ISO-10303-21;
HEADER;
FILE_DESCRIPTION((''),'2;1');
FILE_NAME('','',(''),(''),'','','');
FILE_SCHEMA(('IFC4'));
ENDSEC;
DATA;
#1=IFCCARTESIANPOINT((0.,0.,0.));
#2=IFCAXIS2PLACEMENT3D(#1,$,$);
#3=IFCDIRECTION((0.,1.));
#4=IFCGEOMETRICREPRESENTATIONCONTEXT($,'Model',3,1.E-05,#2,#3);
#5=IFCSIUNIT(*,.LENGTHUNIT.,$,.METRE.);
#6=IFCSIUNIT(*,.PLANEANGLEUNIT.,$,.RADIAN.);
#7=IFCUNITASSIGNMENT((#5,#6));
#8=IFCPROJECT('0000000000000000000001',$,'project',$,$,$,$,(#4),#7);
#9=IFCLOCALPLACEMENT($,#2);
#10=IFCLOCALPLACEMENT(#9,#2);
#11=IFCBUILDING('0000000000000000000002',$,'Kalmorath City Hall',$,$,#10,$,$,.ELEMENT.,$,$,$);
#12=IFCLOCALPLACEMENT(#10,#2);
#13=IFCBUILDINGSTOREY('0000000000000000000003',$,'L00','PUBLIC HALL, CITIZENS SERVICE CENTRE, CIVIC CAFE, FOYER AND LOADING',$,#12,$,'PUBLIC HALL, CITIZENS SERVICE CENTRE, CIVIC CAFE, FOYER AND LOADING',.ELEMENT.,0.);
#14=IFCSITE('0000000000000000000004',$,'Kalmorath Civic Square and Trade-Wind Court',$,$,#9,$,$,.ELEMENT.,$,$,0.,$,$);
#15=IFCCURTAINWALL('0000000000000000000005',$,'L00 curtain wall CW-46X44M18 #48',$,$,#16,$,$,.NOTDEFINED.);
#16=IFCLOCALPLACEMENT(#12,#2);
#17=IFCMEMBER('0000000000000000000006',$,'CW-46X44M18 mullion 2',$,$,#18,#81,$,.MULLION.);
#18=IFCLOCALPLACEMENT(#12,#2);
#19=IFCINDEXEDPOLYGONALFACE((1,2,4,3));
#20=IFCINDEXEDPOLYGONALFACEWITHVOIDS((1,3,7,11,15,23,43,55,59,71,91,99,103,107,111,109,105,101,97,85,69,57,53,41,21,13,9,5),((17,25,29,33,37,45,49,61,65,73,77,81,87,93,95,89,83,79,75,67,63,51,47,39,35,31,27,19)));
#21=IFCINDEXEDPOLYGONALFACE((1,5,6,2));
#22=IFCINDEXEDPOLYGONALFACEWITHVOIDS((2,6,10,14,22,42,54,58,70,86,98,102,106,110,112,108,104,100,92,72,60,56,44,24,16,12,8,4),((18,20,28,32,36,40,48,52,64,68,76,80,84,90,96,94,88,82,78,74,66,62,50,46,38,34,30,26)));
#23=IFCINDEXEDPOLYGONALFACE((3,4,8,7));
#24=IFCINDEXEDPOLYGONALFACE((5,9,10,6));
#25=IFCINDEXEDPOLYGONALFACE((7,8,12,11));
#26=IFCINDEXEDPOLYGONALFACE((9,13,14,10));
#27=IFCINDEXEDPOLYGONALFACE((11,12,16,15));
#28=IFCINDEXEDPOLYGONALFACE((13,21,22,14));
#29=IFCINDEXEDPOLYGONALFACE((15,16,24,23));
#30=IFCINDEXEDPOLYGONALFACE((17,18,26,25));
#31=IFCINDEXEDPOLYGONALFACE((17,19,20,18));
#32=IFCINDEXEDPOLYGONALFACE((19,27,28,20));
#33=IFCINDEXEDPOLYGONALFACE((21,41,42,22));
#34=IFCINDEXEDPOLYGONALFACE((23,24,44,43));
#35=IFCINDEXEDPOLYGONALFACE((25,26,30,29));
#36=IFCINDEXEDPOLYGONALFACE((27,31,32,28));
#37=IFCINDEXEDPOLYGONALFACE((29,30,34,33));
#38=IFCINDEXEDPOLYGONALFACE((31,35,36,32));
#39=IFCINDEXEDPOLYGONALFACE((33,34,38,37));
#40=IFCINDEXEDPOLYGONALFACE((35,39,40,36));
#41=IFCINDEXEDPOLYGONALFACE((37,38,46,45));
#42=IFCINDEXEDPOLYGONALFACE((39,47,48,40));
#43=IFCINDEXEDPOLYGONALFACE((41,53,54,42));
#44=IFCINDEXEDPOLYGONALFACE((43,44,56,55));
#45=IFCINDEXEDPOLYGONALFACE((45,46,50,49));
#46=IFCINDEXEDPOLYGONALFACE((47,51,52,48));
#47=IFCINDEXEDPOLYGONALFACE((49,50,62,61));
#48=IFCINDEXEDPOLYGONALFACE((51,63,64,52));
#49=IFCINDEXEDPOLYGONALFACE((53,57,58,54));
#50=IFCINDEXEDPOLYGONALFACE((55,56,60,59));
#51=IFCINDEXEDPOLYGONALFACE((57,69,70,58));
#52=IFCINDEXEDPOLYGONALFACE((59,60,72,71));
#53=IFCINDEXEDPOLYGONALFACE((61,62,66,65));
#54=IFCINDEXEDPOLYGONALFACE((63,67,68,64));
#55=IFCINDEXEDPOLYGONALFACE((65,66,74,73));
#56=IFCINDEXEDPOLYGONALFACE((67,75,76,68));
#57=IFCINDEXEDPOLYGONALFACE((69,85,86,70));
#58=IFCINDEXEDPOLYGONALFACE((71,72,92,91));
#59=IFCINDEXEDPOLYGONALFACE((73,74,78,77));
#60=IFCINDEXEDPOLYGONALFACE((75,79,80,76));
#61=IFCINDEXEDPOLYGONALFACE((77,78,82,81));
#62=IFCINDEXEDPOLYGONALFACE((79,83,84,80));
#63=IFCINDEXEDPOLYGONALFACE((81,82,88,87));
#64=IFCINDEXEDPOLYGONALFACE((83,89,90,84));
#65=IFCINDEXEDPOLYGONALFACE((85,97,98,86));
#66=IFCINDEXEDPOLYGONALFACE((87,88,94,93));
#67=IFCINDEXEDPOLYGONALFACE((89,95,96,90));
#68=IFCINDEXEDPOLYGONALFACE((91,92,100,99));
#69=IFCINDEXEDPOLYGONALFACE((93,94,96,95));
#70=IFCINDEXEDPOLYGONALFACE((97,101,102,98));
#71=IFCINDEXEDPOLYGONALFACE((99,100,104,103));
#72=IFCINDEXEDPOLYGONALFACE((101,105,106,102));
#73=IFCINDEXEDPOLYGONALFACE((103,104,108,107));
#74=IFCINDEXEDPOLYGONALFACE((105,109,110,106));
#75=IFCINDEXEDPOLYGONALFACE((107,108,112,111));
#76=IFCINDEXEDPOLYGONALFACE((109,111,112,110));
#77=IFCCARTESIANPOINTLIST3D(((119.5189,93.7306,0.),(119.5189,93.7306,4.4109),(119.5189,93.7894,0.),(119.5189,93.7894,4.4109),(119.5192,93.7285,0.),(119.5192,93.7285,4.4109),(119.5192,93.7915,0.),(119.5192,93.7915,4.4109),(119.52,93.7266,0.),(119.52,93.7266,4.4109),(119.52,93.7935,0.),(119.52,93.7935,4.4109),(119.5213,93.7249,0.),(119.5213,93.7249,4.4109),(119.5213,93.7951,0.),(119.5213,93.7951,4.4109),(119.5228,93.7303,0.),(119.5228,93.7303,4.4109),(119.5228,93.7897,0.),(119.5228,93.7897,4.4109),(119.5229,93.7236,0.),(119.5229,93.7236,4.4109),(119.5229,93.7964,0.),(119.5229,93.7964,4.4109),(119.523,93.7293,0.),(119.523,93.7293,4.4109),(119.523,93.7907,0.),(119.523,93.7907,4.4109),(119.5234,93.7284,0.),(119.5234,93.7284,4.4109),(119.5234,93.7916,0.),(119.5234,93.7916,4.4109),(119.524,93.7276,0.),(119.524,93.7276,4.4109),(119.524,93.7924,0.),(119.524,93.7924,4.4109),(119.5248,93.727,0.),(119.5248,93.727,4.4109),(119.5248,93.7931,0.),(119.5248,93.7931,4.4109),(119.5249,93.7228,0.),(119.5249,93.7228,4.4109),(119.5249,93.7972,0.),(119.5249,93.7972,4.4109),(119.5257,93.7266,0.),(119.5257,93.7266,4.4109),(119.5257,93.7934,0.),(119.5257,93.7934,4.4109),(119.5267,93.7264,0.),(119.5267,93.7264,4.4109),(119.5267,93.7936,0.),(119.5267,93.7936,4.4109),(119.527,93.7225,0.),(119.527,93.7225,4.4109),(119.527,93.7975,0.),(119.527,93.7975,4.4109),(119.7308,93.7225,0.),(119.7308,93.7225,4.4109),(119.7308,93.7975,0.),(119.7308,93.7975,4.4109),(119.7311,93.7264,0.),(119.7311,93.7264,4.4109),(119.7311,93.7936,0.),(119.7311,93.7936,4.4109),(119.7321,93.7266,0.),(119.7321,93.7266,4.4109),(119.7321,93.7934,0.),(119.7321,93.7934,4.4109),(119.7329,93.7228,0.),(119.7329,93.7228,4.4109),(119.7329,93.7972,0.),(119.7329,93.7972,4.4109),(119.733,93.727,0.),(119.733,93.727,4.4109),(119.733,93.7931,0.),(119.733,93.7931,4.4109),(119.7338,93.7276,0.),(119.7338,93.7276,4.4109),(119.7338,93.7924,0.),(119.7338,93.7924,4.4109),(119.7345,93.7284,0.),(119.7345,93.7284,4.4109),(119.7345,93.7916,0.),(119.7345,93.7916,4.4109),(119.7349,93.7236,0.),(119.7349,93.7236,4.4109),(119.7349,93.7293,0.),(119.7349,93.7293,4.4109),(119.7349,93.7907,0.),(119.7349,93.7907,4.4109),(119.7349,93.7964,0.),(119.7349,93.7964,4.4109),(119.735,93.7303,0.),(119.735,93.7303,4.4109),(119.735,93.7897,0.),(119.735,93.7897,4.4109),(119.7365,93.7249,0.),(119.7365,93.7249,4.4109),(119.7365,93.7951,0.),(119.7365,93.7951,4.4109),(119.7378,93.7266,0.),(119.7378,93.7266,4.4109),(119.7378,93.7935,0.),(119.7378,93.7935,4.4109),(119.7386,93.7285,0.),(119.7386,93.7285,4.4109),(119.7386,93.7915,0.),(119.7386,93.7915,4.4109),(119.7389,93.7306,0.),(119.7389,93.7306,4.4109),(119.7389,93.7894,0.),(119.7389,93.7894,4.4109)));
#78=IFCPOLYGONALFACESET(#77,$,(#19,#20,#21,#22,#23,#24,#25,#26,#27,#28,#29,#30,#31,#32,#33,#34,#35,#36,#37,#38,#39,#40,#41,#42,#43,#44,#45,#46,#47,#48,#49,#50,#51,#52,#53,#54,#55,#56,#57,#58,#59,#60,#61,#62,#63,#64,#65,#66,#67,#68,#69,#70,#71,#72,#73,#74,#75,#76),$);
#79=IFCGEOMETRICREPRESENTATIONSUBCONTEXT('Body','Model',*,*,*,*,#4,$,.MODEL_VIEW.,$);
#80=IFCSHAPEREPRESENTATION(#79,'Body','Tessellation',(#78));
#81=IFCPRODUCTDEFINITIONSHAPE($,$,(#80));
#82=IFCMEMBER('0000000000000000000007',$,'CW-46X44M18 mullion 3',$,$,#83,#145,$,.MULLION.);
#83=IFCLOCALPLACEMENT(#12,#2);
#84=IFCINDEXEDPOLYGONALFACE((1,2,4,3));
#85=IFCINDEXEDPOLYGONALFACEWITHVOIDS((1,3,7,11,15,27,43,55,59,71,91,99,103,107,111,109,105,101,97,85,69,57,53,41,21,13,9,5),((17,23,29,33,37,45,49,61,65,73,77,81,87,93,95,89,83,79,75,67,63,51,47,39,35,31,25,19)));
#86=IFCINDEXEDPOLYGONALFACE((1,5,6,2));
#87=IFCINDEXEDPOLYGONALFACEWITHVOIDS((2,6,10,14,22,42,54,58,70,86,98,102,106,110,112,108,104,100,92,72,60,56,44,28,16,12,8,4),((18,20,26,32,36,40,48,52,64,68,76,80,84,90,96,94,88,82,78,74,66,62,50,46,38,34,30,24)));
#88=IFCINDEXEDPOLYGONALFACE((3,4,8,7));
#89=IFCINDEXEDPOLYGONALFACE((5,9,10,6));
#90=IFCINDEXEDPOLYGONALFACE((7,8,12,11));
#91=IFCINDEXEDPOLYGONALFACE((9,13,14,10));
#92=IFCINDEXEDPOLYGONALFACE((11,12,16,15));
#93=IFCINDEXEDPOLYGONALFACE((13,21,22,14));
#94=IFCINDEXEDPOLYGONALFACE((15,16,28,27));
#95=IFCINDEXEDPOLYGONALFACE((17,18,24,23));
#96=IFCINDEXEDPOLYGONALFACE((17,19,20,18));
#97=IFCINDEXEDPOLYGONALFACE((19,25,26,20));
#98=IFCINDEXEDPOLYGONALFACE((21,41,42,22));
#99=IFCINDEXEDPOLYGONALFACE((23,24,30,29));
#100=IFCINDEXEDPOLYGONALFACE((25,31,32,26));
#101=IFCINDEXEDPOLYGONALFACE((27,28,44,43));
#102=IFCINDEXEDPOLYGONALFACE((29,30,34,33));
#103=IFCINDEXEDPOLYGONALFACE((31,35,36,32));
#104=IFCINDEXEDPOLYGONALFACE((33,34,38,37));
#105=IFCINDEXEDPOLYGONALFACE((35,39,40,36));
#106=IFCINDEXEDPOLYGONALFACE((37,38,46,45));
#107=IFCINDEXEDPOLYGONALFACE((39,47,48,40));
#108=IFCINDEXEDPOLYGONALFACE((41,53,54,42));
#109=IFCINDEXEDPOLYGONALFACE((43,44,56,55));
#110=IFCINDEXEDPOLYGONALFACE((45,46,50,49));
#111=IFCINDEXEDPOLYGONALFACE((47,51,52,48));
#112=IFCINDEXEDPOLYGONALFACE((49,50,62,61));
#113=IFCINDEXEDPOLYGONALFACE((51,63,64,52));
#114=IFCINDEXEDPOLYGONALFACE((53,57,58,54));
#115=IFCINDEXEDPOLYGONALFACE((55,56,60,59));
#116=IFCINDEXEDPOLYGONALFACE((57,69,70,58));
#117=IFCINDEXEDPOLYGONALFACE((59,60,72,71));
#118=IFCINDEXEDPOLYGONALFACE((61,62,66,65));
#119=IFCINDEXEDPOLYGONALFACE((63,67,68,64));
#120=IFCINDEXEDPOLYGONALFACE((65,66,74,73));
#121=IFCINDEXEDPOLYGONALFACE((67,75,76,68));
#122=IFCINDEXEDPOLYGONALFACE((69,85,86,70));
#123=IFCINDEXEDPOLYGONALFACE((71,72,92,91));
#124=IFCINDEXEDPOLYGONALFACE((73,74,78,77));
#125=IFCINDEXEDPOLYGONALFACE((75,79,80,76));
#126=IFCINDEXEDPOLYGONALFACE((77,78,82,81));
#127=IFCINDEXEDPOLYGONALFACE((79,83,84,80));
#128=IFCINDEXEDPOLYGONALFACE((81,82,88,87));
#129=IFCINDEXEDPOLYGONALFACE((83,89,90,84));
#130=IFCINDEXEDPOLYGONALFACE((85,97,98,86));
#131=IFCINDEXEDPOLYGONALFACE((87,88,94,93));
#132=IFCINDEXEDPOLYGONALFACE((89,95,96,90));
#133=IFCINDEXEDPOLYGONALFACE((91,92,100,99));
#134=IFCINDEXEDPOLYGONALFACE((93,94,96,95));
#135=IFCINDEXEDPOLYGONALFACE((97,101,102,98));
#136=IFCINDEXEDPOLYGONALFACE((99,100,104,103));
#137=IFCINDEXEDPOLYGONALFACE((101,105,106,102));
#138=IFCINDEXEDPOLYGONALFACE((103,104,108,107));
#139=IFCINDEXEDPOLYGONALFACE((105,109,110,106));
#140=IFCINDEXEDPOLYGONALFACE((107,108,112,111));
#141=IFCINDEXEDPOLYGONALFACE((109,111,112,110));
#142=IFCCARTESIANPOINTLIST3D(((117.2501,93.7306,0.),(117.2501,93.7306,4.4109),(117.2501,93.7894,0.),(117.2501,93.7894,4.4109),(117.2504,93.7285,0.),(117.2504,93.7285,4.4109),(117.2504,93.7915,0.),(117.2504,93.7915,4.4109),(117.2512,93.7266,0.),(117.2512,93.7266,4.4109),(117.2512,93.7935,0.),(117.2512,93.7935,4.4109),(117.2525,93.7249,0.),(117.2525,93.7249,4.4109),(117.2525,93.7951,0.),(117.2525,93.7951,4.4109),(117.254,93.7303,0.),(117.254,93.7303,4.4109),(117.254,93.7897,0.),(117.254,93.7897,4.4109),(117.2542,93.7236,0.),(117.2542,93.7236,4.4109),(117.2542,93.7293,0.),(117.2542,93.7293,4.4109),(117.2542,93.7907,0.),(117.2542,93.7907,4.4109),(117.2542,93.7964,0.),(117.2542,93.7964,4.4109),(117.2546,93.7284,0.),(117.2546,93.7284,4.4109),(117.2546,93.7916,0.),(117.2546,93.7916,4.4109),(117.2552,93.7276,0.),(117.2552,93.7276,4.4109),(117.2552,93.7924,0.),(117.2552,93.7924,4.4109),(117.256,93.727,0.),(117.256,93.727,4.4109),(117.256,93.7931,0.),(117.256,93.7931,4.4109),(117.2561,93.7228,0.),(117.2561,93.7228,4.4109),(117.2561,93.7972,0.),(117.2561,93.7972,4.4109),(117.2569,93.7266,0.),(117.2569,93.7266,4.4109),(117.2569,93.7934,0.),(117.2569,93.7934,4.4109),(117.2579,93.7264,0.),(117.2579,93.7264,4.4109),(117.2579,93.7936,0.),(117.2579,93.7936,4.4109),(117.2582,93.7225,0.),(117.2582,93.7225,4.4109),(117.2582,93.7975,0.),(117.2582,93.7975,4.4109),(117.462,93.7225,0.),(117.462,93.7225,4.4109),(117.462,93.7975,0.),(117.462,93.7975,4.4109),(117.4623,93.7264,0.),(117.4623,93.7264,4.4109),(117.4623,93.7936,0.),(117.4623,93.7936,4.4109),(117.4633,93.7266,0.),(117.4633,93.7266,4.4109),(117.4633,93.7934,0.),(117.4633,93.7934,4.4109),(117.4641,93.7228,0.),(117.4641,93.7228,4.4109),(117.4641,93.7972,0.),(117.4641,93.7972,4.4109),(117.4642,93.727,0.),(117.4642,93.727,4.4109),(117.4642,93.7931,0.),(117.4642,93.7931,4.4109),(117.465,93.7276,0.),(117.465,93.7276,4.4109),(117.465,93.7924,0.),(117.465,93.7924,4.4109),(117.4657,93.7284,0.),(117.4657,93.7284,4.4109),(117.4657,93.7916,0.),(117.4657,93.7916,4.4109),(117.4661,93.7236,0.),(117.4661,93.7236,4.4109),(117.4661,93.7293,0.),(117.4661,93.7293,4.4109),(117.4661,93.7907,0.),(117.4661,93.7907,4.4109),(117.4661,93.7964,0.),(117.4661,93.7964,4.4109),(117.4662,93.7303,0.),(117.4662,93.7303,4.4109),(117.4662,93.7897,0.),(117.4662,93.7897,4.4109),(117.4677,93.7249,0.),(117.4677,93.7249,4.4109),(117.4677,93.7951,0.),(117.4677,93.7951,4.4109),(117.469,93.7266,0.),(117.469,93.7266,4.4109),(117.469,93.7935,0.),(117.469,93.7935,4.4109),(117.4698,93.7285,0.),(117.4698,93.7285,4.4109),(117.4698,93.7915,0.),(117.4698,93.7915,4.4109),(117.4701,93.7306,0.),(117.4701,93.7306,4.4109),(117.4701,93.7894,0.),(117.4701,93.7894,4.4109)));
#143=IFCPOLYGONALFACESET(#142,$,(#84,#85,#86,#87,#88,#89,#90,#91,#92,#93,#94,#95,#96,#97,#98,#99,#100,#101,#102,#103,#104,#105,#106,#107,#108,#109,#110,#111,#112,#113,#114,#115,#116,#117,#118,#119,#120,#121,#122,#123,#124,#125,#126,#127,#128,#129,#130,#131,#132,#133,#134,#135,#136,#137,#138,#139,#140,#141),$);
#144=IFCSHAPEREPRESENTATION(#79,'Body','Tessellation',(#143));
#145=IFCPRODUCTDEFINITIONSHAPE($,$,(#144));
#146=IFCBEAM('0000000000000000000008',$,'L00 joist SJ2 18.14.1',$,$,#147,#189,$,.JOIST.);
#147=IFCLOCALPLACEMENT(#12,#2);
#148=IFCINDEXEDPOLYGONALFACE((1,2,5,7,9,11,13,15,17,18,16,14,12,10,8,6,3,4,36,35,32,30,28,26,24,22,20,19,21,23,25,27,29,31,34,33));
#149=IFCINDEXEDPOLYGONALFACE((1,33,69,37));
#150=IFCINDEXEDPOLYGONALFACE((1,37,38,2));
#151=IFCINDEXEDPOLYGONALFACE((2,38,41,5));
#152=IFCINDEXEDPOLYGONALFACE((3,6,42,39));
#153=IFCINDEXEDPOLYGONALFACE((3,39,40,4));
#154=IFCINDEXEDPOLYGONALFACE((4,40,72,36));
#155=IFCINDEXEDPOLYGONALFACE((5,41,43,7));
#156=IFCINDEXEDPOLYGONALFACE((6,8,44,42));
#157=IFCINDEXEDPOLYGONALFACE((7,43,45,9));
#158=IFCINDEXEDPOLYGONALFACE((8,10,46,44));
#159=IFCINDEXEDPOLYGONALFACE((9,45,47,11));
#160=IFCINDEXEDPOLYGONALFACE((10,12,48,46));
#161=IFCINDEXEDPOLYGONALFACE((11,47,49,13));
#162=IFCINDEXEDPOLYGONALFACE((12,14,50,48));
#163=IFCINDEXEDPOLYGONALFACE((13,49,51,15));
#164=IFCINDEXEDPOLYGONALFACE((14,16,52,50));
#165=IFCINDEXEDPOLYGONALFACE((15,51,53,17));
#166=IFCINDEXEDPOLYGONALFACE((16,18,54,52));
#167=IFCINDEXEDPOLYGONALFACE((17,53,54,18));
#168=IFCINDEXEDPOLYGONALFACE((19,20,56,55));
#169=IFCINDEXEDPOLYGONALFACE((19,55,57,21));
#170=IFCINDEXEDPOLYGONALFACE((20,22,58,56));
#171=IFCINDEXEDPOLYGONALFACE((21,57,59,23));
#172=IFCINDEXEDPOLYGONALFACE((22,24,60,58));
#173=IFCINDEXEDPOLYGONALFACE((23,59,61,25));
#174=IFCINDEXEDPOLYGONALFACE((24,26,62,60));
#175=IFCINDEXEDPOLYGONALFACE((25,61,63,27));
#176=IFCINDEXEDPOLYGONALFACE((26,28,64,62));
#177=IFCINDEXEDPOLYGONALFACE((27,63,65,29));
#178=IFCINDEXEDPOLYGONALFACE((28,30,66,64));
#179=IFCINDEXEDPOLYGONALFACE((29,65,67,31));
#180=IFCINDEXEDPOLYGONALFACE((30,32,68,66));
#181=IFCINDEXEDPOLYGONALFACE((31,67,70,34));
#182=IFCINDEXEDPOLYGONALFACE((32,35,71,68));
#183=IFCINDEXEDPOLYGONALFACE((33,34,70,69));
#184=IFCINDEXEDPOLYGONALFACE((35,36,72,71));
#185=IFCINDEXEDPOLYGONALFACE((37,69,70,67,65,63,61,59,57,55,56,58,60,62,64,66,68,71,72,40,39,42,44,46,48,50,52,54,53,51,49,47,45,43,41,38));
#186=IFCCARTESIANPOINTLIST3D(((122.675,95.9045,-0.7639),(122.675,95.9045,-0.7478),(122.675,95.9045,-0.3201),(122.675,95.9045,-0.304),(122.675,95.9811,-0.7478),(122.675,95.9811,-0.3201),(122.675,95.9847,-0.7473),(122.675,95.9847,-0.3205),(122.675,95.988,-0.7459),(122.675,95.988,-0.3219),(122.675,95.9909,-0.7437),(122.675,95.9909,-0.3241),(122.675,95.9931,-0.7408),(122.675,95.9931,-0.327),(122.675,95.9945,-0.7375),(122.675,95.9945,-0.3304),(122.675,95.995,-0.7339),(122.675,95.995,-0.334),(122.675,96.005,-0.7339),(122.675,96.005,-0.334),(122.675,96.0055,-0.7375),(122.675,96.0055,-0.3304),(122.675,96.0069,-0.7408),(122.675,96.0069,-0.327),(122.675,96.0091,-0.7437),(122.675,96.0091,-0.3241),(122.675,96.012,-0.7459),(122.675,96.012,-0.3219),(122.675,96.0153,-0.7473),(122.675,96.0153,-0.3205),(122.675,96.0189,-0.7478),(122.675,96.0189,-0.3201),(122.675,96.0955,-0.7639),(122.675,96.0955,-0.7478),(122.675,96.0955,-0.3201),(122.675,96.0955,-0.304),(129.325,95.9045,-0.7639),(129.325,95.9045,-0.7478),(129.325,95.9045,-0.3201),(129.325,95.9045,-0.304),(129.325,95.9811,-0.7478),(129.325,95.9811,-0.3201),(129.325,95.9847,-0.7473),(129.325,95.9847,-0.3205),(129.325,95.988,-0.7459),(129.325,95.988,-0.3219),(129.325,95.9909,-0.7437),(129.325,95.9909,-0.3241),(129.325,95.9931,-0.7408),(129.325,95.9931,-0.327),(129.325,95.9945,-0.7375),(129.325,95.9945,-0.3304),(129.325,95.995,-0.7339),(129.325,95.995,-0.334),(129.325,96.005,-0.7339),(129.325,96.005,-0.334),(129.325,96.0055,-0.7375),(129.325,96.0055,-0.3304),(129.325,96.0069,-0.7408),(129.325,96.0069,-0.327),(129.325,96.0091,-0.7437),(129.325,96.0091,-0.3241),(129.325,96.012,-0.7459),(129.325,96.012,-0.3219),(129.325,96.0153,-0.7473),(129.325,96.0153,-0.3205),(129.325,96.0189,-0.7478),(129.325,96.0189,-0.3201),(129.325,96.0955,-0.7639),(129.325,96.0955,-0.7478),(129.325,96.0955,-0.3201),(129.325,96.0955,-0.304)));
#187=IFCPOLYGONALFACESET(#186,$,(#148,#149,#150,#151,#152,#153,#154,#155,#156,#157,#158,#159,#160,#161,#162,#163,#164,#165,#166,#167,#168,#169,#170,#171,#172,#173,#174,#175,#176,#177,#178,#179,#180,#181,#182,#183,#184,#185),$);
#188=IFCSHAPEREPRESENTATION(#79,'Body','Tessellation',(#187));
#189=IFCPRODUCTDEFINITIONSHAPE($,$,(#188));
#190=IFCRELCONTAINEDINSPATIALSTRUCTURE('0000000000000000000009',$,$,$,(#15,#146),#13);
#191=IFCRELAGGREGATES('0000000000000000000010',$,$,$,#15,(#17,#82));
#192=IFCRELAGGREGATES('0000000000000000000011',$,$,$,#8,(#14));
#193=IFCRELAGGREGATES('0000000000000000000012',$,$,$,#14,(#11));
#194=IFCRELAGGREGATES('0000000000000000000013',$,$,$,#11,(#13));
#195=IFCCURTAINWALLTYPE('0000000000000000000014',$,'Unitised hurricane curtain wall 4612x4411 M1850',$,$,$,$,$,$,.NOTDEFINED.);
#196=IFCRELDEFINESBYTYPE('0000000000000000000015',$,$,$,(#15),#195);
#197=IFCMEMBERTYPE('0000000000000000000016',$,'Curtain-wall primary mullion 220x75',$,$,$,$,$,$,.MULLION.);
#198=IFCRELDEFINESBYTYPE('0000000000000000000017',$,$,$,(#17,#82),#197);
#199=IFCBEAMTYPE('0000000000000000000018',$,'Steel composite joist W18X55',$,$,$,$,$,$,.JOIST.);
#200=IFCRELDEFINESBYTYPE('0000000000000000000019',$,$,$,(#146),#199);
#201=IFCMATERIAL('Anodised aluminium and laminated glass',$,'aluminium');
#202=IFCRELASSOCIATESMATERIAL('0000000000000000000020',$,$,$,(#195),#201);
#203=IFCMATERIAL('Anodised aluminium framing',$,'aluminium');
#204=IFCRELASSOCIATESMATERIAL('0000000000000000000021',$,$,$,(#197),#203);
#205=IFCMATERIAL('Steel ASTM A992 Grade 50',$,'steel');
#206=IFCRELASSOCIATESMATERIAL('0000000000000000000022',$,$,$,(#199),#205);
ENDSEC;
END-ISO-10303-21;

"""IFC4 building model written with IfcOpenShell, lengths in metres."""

from ifc_helpers import new_model, si_unit, direction, frame, origin, origin_2d, place, context, subcontext, project, spatial, hollow_rectangle, i_section, extrude, material, material_profile, profile_set, type_object, element, aggregate, save


model = new_model("IFC4")

# Units and contexts
model_context = context("Model", 3, precision=1e-05, world=origin(), true_north=direction((0.0, 1.0)))
body_context = subcontext(model_context, "Body", "Model", "MODEL_VIEW")
ifc_project = project(units=[si_unit("LENGTHUNIT", "METRE"), si_unit("PLANEANGLEUNIT", "RADIAN")], contexts=[model_context])

# Site, building, storey
site_placement = place(None, origin())
site = spatial("IfcSite", under=ifc_project, at=site_placement, Name="Kalmorath Civic Square and Trade-Wind Court", CompositionType="ELEMENT", RefElevation=0.0)
building_placement = place(site_placement, origin())
building = spatial("IfcBuilding", under=site, at=building_placement, Name="Kalmorath City Hall", CompositionType="ELEMENT")
storey_placement = place(building_placement, origin())
storey = spatial("IfcBuildingStorey", under=building, at=storey_placement, Name="L00", Description="PUBLIC HALL, CITIZENS SERVICE CENTRE, CIVIC CAFE, FOYER AND LOADING", LongName="PUBLIC HALL, CITIZENS SERVICE CENTRE, CIVIC CAFE, FOYER AND LOADING", CompositionType="ELEMENT", Elevation=0.0)

# Curtain wall, members
ifc_material_1 = material(Name="Anodised aluminium and laminated glass", Category="aluminium")
curtain_wall_type = type_object("IfcCurtainWallType", Name="Unitised hurricane curtain wall 4612x4411 M1850", PredefinedType="NOTDEFINED", material=ifc_material_1)
curtain_wall_placement = place(storey_placement, origin())
curtain_wall = element("IfcCurtainWall", 1, at=curtain_wall_placement, inside=storey, type_object=curtain_wall_type, Name="L00 curtain wall CW-46X44M18 #48", PredefinedType="NOTDEFINED")
ifc_material_2 = material(Name="Anodised aluminium framing", Category="aluminium")
ifc_material_profile_1 = material_profile(ifc_material_2, hollow_rectangle(XDim=0.075, YDim=0.22, WallThickness=0.0039, InnerFilletRadius=0.0039, OuterFilletRadius=0.0081, at=origin_2d()), Name="ALU-MUL-220X75X4")
ifc_profile_set_1 = profile_set([ifc_material_profile_1], Name="Anodised aluminium framing")
member_type_1 = type_object("IfcMemberType", Name="Curtain-wall primary mullion 220x75", PredefinedType="MULLION", material=ifc_profile_set_1)
member_1_placement = place(storey_placement, frame((119.6289, 93.76, 0.0), z_axis=(0.0, 0.0, 1.0), x_axis=(0.0, -1.0, 0.0)))
member_1 = element("IfcMember", 2, at=member_1_placement, type_object=member_type_1, Name="CW-46X44M18 mullion 2", PredefinedType="MULLION", context=body_context, shape_type="SweptSolid", body=[
    extrude(hollow_rectangle(XDim=0.075, YDim=0.22, WallThickness=0.0039, InnerFilletRadius=0.0039, OuterFilletRadius=0.0081, at=origin_2d()), origin(), (0.0, 0.0, 1.0), 4.4109),
])
member_2_placement = place(storey_placement, frame((117.3601, 93.76, 0.0), z_axis=(0.0, 0.0, 1.0), x_axis=(0.0, -1.0, 0.0)))
member_2 = element("IfcMember", 3, at=member_2_placement, type_object=member_type_1, Name="CW-46X44M18 mullion 3", PredefinedType="MULLION", context=body_context, shape_type="SweptSolid", body=[
    extrude(hollow_rectangle(XDim=0.075, YDim=0.22, WallThickness=0.0039, InnerFilletRadius=0.0039, OuterFilletRadius=0.0081, at=origin_2d()), origin(), (0.0, 0.0, 1.0), 4.4109),
])

# Beam
ifc_material_3 = material(Name="Steel ASTM A992 Grade 50", Category="steel")
ifc_material_profile_2 = material_profile(ifc_material_3, i_section(OverallWidth=0.1909, OverallDepth=0.46, WebThickness=0.01, FlangeThickness=0.0161, FilletRadius=0.0139, at=origin_2d()), Name="W18X55")
ifc_profile_set_2 = profile_set([ifc_material_profile_2], Name="Steel ASTM A992 Grade 50")
beam_type_1 = type_object("IfcBeamType", Name="Steel composite joist W18X55", PredefinedType="JOIST", material=ifc_profile_set_2)
beam_1_placement = place(storey_placement, frame((122.675, 96.0, -0.5339), z_axis=(1.0, 0.0, 0.0), x_axis=(0.0, 1.0, 0.0)))
element("IfcBeam", 4, at=beam_1_placement, inside=storey, type_object=beam_type_1, Name="L00 joist SJ2 18.14.1", PredefinedType="JOIST", context=body_context, shape_type="SweptSolid", body=[
    extrude(i_section(OverallWidth=0.1909, OverallDepth=0.46, WebThickness=0.01, FlangeThickness=0.0161, FilletRadius=0.0139, at=origin_2d()), origin(), (0.0, 0.0, 1.0), 6.6499),
])

aggregate(curtain_wall, [member_1, member_2])

save(model, "model.ifc")
